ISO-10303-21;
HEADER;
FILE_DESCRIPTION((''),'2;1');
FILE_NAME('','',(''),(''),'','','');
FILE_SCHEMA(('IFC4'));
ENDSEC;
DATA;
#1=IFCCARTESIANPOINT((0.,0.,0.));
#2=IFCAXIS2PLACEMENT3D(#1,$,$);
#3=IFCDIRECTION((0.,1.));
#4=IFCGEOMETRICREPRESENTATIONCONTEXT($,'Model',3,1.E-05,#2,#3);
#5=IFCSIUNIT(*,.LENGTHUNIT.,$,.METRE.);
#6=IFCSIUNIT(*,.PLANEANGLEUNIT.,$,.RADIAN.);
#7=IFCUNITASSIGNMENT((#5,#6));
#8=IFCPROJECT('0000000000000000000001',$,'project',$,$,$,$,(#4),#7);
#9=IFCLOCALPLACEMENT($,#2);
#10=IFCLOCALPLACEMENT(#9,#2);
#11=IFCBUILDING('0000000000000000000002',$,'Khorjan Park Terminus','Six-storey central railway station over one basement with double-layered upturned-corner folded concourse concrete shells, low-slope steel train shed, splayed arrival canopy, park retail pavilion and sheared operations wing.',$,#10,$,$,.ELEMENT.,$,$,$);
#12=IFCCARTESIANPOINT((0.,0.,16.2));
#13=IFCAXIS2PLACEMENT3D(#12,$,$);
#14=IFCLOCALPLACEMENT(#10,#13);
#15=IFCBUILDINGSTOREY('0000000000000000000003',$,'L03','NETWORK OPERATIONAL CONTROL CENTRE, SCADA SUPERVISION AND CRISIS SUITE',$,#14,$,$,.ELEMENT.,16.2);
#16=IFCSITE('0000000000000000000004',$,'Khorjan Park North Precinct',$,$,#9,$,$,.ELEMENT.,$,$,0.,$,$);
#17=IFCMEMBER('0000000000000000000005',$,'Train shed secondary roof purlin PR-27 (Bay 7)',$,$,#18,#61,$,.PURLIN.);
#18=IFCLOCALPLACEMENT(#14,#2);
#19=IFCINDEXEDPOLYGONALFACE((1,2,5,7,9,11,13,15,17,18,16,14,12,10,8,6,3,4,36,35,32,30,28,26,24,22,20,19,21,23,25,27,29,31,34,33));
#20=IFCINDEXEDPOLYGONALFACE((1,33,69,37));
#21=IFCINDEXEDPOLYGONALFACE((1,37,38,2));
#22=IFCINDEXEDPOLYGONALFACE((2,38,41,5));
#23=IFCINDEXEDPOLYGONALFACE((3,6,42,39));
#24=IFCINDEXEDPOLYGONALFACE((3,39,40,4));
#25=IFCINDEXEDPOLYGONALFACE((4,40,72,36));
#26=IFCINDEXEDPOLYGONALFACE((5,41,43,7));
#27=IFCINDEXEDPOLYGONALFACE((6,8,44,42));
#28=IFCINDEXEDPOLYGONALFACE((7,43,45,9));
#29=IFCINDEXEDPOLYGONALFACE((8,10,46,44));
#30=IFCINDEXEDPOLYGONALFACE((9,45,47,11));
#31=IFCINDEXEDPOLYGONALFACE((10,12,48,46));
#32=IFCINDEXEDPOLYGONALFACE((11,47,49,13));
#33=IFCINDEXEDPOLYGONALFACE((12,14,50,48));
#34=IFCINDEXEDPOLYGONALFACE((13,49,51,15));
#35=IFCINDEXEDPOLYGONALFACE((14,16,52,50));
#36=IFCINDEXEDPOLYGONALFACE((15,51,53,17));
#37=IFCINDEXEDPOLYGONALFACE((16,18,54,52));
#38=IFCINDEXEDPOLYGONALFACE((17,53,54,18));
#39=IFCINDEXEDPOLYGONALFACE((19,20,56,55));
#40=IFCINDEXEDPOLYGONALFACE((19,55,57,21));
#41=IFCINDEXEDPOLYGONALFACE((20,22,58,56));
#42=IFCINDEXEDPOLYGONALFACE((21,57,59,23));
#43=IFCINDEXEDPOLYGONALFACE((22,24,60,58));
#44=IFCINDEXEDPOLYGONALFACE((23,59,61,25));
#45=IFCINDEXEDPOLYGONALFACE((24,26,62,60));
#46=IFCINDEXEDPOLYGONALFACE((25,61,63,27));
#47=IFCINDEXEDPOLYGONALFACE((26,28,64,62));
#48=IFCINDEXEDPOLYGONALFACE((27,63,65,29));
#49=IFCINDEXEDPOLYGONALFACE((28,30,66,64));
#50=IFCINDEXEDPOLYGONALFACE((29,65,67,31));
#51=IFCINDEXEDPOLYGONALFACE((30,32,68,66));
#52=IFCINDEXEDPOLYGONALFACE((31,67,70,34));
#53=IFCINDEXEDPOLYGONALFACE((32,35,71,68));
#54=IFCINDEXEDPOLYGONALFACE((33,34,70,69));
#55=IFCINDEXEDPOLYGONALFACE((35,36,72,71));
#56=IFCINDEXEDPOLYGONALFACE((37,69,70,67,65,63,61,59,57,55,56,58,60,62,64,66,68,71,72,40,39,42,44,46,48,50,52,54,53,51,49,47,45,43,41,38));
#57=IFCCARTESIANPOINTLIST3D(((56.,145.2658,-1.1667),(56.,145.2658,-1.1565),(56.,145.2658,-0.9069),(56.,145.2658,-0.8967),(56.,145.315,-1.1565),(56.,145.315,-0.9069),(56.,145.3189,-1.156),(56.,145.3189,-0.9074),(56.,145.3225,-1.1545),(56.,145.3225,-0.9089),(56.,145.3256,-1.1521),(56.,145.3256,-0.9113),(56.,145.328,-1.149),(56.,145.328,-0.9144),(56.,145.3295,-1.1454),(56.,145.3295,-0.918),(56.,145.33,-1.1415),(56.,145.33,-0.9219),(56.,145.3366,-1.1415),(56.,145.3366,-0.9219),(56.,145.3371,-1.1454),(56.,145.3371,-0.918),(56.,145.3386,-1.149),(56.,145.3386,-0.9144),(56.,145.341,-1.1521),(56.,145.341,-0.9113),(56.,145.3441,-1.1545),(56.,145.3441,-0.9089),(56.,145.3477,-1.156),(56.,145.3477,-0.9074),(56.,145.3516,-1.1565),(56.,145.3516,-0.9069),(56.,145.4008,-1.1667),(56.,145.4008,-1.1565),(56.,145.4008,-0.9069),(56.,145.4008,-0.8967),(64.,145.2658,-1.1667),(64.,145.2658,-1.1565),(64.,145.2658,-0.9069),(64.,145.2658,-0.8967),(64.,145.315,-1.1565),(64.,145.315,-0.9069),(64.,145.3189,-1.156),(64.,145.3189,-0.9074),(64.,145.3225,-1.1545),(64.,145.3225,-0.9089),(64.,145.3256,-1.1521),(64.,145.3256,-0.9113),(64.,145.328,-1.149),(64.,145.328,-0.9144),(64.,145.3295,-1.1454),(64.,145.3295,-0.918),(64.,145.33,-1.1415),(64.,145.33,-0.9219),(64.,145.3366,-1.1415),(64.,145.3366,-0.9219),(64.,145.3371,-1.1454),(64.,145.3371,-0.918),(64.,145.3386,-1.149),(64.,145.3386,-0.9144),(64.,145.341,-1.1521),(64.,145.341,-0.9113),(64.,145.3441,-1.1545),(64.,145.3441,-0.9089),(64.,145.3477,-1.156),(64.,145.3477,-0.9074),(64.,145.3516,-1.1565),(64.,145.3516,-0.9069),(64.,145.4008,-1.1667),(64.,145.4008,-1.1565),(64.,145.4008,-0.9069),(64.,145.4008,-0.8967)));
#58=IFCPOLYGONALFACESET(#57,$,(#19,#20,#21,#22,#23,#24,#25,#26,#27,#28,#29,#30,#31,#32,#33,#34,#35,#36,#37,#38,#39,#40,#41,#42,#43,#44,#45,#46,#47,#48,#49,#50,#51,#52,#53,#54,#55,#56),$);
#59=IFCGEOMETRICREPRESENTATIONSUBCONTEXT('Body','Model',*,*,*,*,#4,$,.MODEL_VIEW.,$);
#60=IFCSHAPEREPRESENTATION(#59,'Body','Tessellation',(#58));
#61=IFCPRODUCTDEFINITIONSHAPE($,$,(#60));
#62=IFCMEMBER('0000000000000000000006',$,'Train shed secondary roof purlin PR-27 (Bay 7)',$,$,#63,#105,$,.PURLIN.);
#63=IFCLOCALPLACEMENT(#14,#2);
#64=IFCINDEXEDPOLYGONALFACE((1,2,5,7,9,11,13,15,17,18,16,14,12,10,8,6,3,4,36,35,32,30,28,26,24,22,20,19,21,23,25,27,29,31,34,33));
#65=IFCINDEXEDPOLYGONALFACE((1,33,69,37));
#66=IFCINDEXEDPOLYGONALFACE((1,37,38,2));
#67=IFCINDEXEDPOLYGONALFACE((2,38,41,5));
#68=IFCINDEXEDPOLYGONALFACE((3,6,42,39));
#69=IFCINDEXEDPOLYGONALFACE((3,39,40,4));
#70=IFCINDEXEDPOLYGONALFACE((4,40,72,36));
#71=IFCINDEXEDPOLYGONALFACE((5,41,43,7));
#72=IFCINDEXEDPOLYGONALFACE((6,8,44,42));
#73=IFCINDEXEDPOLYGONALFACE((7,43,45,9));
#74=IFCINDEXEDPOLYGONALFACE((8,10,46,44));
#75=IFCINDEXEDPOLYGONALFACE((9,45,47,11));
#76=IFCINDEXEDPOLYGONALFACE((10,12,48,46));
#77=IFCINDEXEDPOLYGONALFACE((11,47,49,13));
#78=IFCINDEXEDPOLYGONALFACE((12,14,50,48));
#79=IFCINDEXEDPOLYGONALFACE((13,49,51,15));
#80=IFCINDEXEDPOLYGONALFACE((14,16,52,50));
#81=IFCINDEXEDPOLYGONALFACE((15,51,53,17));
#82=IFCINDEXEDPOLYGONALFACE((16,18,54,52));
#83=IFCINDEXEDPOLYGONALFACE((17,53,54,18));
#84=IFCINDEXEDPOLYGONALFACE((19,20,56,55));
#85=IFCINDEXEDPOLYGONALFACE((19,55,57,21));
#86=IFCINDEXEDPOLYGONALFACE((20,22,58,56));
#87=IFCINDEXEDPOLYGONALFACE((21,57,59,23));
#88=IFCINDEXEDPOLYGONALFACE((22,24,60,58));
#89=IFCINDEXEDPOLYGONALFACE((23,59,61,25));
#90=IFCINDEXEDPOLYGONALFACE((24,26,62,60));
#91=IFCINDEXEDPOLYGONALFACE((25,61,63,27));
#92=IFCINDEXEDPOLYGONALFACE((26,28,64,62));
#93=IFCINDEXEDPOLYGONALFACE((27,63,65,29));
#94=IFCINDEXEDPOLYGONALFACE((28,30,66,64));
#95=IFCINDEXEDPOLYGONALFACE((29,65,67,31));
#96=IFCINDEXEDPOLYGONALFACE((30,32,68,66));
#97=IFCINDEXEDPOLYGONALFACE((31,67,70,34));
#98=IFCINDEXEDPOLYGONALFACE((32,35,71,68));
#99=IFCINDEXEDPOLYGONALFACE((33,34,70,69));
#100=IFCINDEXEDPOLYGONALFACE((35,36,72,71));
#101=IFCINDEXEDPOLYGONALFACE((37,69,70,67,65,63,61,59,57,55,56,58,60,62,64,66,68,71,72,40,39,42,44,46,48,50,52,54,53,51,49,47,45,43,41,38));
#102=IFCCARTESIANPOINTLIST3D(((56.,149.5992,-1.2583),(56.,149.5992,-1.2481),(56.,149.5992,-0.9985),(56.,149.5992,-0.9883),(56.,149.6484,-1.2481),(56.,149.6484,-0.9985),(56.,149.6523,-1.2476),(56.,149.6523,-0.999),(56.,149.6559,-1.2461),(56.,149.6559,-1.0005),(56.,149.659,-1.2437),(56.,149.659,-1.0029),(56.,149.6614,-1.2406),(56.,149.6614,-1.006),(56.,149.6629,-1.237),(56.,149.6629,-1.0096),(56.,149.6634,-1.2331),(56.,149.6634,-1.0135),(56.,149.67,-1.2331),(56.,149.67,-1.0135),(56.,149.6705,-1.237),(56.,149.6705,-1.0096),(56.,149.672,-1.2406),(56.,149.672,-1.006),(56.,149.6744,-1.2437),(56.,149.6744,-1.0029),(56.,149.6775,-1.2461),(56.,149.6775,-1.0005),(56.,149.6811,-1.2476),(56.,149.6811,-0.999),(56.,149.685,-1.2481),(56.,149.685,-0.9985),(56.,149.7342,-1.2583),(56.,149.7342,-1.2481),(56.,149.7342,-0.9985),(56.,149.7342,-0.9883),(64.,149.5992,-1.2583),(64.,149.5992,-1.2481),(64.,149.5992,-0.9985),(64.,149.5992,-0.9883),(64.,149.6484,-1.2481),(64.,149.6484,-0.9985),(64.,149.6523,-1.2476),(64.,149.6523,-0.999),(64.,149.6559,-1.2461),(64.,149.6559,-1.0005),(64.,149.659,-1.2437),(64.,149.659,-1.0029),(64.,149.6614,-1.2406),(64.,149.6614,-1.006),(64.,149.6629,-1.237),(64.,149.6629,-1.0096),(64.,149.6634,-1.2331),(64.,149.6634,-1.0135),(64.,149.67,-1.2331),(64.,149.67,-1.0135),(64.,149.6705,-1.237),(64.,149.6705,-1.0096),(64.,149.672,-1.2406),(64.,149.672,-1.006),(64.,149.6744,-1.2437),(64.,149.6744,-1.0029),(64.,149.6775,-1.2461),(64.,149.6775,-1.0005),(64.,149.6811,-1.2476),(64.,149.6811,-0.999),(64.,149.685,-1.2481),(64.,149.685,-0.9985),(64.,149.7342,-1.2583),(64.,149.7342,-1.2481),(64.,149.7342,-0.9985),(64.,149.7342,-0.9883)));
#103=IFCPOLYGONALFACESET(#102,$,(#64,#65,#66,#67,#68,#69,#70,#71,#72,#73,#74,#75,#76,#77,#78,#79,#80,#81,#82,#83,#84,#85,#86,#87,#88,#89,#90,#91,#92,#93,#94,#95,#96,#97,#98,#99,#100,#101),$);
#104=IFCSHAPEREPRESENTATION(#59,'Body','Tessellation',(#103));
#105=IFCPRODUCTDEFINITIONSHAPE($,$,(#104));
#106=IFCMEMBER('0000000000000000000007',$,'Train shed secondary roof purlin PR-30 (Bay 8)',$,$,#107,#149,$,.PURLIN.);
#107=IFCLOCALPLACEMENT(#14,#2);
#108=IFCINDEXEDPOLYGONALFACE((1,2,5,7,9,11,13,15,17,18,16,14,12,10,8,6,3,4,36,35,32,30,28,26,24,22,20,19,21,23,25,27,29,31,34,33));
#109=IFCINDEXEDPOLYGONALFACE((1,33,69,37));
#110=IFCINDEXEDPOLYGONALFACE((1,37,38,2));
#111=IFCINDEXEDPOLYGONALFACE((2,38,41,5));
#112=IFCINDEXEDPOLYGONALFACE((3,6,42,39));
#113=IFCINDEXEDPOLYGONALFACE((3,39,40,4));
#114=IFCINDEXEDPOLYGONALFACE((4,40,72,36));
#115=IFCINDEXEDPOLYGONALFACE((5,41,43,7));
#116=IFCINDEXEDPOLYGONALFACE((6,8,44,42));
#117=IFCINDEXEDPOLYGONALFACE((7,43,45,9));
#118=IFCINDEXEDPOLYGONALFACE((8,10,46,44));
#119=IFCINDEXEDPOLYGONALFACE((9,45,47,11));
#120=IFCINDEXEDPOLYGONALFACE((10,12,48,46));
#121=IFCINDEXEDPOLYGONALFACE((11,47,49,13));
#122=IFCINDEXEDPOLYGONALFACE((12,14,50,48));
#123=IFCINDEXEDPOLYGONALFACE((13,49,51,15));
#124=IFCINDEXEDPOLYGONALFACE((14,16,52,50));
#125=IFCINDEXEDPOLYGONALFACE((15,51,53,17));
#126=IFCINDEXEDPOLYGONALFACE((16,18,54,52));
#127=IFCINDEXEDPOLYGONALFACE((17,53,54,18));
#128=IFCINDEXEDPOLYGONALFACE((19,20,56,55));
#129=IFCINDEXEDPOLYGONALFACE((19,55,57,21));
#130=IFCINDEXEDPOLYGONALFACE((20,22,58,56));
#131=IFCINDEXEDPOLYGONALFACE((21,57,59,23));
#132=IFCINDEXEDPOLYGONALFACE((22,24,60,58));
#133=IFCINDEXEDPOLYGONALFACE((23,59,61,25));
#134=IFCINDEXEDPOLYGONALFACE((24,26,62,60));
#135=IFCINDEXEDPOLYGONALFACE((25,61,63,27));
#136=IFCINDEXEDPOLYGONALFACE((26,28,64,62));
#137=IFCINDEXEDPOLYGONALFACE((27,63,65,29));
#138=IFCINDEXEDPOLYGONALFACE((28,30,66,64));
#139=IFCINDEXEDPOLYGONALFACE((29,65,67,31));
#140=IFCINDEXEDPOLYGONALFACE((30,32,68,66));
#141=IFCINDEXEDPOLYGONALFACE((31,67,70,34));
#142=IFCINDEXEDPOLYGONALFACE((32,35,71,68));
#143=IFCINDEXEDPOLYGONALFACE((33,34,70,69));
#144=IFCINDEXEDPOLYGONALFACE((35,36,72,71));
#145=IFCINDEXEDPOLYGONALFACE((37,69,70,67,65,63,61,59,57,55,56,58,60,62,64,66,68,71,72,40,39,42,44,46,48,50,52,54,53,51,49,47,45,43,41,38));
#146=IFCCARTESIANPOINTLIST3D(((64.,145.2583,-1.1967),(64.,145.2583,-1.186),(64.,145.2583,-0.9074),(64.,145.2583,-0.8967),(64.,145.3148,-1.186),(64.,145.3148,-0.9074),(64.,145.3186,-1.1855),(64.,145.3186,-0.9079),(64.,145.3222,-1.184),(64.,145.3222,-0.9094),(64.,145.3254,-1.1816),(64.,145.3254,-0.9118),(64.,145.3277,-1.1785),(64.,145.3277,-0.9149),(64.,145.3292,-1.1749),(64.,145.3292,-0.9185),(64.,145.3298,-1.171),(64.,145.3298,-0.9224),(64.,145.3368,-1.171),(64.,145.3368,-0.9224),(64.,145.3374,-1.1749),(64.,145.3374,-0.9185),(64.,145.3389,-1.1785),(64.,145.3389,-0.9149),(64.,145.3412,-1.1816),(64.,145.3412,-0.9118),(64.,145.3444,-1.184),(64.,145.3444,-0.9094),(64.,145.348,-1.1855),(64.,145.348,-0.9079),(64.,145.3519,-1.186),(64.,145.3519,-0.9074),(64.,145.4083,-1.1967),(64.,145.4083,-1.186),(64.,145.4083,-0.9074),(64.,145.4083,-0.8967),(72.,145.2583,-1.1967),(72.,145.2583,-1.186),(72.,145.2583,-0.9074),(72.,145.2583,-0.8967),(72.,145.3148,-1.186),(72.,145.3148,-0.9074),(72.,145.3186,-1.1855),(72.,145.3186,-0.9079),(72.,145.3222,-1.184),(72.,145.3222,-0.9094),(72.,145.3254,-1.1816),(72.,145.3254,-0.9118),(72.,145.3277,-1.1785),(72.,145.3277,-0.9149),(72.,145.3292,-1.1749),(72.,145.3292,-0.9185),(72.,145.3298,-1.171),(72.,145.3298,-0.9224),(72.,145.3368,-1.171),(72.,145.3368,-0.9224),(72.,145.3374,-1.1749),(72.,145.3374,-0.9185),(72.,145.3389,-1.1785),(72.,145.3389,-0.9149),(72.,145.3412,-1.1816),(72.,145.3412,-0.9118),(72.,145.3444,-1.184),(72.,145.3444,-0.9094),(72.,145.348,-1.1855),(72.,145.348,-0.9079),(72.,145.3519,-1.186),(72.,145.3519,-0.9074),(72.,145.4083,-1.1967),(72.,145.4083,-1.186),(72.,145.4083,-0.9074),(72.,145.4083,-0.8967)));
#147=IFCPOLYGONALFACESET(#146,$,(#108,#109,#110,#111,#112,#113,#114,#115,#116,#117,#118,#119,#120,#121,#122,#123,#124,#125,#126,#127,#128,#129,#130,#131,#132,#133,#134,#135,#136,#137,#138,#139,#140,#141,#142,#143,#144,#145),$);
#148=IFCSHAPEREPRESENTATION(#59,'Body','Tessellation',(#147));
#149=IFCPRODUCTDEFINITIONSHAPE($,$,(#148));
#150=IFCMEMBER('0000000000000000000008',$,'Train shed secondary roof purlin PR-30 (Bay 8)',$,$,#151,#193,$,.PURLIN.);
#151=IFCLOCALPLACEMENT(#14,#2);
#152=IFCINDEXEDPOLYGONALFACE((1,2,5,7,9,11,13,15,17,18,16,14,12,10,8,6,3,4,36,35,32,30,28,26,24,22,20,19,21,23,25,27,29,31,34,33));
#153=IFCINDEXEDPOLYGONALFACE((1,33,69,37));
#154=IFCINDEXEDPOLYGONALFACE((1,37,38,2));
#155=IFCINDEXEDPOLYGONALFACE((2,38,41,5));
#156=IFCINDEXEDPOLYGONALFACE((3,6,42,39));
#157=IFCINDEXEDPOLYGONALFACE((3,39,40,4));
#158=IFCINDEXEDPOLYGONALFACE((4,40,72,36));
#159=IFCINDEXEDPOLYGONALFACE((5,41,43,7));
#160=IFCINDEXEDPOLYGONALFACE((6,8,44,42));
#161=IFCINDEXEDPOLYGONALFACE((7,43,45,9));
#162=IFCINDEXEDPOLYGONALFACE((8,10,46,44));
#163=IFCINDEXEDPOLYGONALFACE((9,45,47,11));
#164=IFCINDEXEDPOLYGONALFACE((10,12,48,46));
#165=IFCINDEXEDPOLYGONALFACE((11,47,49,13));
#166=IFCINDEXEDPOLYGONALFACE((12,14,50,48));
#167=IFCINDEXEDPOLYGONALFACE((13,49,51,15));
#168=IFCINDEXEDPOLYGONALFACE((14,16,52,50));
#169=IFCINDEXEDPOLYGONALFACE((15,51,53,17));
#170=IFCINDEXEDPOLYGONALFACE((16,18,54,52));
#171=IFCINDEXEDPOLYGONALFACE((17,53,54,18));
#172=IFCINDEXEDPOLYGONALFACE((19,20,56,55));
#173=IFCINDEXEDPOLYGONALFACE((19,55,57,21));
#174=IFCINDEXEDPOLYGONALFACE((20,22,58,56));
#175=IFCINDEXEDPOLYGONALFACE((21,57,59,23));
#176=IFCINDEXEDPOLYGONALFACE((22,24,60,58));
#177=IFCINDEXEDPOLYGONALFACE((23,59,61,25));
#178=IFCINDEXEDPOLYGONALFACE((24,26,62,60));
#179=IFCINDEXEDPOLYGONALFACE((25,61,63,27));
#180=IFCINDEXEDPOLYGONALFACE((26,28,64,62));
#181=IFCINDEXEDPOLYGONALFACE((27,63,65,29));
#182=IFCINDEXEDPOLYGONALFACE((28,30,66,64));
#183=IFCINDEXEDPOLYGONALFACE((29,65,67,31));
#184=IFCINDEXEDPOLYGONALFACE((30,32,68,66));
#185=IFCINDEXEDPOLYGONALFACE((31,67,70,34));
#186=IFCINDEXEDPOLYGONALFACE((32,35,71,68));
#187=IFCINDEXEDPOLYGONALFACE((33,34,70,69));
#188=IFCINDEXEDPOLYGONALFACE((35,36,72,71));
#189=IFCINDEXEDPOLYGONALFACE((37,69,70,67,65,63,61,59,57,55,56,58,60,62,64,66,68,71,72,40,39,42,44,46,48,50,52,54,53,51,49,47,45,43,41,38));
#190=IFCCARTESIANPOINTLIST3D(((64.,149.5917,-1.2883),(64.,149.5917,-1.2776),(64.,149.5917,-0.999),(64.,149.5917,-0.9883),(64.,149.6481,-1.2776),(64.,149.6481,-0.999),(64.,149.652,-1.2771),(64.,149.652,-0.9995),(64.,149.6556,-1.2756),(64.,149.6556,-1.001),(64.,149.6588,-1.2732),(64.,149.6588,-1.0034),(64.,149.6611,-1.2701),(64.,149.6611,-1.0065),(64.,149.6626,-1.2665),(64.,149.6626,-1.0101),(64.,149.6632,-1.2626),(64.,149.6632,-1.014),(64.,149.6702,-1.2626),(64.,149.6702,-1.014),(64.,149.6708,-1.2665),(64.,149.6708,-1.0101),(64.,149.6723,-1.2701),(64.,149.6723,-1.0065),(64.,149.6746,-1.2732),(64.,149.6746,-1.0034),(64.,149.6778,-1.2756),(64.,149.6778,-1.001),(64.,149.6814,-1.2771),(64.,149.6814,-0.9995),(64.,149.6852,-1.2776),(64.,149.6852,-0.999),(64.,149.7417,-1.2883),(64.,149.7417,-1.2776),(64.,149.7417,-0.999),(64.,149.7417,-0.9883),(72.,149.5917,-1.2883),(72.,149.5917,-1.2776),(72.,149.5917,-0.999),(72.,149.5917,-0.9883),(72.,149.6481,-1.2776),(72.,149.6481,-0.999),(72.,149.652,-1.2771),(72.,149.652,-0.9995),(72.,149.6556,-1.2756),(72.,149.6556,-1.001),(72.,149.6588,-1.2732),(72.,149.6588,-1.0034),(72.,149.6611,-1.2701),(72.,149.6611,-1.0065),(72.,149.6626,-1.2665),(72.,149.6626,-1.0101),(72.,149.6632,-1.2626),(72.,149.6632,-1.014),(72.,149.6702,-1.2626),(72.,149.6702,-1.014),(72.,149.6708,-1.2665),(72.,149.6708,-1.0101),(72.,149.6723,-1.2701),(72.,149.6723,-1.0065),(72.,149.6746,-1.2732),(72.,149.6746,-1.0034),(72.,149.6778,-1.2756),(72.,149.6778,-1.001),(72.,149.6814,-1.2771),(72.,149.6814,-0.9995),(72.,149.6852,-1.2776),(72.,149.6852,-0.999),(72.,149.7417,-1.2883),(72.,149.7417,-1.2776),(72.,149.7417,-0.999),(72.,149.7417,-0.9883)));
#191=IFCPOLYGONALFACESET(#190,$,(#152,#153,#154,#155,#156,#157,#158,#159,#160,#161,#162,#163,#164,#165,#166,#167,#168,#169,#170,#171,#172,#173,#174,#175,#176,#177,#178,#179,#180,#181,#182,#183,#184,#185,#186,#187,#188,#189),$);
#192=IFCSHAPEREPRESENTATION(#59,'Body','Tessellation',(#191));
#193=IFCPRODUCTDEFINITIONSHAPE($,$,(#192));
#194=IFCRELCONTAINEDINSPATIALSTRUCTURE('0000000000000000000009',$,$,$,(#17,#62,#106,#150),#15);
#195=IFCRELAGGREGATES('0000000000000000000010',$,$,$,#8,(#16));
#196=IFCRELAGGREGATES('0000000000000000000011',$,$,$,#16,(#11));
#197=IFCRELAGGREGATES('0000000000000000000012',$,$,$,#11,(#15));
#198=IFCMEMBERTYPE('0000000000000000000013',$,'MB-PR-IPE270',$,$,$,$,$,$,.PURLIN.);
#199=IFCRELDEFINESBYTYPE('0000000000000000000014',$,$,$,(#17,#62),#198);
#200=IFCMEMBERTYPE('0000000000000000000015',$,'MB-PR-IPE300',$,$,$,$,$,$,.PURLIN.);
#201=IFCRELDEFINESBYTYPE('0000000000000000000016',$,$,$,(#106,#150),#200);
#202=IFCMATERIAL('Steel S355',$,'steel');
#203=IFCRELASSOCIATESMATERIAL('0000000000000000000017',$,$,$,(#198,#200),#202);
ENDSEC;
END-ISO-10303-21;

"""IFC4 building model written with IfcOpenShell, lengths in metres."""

from ifc_helpers import new_model, si_unit, direction, frame, origin, origin_2d, place, context, subcontext, project, spatial, i_section, extrude, material, material_profile, profile_set, type_object, element, save


model = new_model("IFC4")

# Units and contexts
model_context = context("Model", 3, precision=1e-05, world=origin(), true_north=direction((0.0, 1.0)))
body_context = subcontext(model_context, "Body", "Model", "MODEL_VIEW")
ifc_project = project(units=[si_unit("LENGTHUNIT", "METRE"), si_unit("PLANEANGLEUNIT", "RADIAN")], contexts=[model_context])

# Site, building, storey
site_placement = place(None, origin())
site = spatial("IfcSite", under=ifc_project, at=site_placement, Name="Khorjan Park North Precinct", CompositionType="ELEMENT", RefElevation=0.0)
building_placement = place(site_placement, origin())
building = spatial("IfcBuilding", under=site, at=building_placement, Name="Khorjan Park Terminus", Description="Six-storey central railway station over one basement with double-layered upturned-corner folded concourse concrete shells, low-slope steel train shed, splayed arrival canopy, park retail pavilion and sheared operations wing.", CompositionType="ELEMENT")
storey_placement = place(building_placement, frame((0.0, 0.0, 16.2)))
storey = spatial("IfcBuildingStorey", under=building, at=storey_placement, Name="L03", Description="NETWORK OPERATIONAL CONTROL CENTRE, SCADA SUPERVISION AND CRISIS SUITE", CompositionType="ELEMENT", Elevation=16.2)

# Members
ifc_material = material(Name="Steel S355", Category="steel")
ifc_material_profile_1 = material_profile(ifc_material, i_section(OverallWidth=0.135, OverallDepth=0.27, WebThickness=0.0066, FlangeThickness=0.0102, FilletRadius=0.015, at=origin_2d()), Name="IPE 270")
ifc_profile_set_1 = profile_set([ifc_material_profile_1], Name="Steel S355")
member_type_1 = type_object("IfcMemberType", Name="MB-PR-IPE270", PredefinedType="PURLIN", material=ifc_profile_set_1)
for number, where, z_axis, x_axis, name in (
    (1, (56.0, 145.3333, -1.0317), (1.0, 0.0, 0.0), (0.0, 1.0, 0.0), "Train shed secondary roof purlin PR-27 (Bay 7)"),
    (2, (56.0, 149.6667, -1.1233), (1.0, 0.0, 0.0), (0.0, 1.0, 0.0), "Train shed secondary roof purlin PR-27 (Bay 7)"),
):
    element("IfcMember", number, at=place(storey_placement, frame(where, z_axis=z_axis, x_axis=x_axis)), inside=storey, type_object=member_type_1, Name=name, PredefinedType="PURLIN", context=body_context, shape_type="SweptSolid", body=[
        extrude(i_section(OverallWidth=0.135, OverallDepth=0.27, WebThickness=0.0066, FlangeThickness=0.0102, FilletRadius=0.015, at=origin_2d()), origin(), (0.0, 0.0, 1.0), 8.0),
    ])
ifc_material_profile_2 = material_profile(ifc_material, i_section(OverallWidth=0.15, OverallDepth=0.3, WebThickness=0.0071, FlangeThickness=0.0107, FilletRadius=0.015, at=origin_2d()), Name="IPE 300")
ifc_profile_set_2 = profile_set([ifc_material_profile_2], Name="Steel S355")
member_type_2 = type_object("IfcMemberType", Name="MB-PR-IPE300", PredefinedType="PURLIN", material=ifc_profile_set_2)
for number, where, z_axis, x_axis, name in (
    (3, (64.0, 145.3333, -1.0467), (1.0, 0.0, 0.0), (0.0, 1.0, 0.0), "Train shed secondary roof purlin PR-30 (Bay 8)"),
    (4, (64.0, 149.6667, -1.1383), (1.0, 0.0, 0.0), (0.0, 1.0, 0.0), "Train shed secondary roof purlin PR-30 (Bay 8)"),
):
    element("IfcMember", number, at=place(storey_placement, frame(where, z_axis=z_axis, x_axis=x_axis)), inside=storey, type_object=member_type_2, Name=name, PredefinedType="PURLIN", context=body_context, shape_type="SweptSolid", body=[
        extrude(i_section(OverallWidth=0.15, OverallDepth=0.3, WebThickness=0.0071, FlangeThickness=0.0107, FilletRadius=0.015, at=origin_2d()), origin(), (0.0, 0.0, 1.0), 8.0),
    ])

save(model, "model.ifc")
